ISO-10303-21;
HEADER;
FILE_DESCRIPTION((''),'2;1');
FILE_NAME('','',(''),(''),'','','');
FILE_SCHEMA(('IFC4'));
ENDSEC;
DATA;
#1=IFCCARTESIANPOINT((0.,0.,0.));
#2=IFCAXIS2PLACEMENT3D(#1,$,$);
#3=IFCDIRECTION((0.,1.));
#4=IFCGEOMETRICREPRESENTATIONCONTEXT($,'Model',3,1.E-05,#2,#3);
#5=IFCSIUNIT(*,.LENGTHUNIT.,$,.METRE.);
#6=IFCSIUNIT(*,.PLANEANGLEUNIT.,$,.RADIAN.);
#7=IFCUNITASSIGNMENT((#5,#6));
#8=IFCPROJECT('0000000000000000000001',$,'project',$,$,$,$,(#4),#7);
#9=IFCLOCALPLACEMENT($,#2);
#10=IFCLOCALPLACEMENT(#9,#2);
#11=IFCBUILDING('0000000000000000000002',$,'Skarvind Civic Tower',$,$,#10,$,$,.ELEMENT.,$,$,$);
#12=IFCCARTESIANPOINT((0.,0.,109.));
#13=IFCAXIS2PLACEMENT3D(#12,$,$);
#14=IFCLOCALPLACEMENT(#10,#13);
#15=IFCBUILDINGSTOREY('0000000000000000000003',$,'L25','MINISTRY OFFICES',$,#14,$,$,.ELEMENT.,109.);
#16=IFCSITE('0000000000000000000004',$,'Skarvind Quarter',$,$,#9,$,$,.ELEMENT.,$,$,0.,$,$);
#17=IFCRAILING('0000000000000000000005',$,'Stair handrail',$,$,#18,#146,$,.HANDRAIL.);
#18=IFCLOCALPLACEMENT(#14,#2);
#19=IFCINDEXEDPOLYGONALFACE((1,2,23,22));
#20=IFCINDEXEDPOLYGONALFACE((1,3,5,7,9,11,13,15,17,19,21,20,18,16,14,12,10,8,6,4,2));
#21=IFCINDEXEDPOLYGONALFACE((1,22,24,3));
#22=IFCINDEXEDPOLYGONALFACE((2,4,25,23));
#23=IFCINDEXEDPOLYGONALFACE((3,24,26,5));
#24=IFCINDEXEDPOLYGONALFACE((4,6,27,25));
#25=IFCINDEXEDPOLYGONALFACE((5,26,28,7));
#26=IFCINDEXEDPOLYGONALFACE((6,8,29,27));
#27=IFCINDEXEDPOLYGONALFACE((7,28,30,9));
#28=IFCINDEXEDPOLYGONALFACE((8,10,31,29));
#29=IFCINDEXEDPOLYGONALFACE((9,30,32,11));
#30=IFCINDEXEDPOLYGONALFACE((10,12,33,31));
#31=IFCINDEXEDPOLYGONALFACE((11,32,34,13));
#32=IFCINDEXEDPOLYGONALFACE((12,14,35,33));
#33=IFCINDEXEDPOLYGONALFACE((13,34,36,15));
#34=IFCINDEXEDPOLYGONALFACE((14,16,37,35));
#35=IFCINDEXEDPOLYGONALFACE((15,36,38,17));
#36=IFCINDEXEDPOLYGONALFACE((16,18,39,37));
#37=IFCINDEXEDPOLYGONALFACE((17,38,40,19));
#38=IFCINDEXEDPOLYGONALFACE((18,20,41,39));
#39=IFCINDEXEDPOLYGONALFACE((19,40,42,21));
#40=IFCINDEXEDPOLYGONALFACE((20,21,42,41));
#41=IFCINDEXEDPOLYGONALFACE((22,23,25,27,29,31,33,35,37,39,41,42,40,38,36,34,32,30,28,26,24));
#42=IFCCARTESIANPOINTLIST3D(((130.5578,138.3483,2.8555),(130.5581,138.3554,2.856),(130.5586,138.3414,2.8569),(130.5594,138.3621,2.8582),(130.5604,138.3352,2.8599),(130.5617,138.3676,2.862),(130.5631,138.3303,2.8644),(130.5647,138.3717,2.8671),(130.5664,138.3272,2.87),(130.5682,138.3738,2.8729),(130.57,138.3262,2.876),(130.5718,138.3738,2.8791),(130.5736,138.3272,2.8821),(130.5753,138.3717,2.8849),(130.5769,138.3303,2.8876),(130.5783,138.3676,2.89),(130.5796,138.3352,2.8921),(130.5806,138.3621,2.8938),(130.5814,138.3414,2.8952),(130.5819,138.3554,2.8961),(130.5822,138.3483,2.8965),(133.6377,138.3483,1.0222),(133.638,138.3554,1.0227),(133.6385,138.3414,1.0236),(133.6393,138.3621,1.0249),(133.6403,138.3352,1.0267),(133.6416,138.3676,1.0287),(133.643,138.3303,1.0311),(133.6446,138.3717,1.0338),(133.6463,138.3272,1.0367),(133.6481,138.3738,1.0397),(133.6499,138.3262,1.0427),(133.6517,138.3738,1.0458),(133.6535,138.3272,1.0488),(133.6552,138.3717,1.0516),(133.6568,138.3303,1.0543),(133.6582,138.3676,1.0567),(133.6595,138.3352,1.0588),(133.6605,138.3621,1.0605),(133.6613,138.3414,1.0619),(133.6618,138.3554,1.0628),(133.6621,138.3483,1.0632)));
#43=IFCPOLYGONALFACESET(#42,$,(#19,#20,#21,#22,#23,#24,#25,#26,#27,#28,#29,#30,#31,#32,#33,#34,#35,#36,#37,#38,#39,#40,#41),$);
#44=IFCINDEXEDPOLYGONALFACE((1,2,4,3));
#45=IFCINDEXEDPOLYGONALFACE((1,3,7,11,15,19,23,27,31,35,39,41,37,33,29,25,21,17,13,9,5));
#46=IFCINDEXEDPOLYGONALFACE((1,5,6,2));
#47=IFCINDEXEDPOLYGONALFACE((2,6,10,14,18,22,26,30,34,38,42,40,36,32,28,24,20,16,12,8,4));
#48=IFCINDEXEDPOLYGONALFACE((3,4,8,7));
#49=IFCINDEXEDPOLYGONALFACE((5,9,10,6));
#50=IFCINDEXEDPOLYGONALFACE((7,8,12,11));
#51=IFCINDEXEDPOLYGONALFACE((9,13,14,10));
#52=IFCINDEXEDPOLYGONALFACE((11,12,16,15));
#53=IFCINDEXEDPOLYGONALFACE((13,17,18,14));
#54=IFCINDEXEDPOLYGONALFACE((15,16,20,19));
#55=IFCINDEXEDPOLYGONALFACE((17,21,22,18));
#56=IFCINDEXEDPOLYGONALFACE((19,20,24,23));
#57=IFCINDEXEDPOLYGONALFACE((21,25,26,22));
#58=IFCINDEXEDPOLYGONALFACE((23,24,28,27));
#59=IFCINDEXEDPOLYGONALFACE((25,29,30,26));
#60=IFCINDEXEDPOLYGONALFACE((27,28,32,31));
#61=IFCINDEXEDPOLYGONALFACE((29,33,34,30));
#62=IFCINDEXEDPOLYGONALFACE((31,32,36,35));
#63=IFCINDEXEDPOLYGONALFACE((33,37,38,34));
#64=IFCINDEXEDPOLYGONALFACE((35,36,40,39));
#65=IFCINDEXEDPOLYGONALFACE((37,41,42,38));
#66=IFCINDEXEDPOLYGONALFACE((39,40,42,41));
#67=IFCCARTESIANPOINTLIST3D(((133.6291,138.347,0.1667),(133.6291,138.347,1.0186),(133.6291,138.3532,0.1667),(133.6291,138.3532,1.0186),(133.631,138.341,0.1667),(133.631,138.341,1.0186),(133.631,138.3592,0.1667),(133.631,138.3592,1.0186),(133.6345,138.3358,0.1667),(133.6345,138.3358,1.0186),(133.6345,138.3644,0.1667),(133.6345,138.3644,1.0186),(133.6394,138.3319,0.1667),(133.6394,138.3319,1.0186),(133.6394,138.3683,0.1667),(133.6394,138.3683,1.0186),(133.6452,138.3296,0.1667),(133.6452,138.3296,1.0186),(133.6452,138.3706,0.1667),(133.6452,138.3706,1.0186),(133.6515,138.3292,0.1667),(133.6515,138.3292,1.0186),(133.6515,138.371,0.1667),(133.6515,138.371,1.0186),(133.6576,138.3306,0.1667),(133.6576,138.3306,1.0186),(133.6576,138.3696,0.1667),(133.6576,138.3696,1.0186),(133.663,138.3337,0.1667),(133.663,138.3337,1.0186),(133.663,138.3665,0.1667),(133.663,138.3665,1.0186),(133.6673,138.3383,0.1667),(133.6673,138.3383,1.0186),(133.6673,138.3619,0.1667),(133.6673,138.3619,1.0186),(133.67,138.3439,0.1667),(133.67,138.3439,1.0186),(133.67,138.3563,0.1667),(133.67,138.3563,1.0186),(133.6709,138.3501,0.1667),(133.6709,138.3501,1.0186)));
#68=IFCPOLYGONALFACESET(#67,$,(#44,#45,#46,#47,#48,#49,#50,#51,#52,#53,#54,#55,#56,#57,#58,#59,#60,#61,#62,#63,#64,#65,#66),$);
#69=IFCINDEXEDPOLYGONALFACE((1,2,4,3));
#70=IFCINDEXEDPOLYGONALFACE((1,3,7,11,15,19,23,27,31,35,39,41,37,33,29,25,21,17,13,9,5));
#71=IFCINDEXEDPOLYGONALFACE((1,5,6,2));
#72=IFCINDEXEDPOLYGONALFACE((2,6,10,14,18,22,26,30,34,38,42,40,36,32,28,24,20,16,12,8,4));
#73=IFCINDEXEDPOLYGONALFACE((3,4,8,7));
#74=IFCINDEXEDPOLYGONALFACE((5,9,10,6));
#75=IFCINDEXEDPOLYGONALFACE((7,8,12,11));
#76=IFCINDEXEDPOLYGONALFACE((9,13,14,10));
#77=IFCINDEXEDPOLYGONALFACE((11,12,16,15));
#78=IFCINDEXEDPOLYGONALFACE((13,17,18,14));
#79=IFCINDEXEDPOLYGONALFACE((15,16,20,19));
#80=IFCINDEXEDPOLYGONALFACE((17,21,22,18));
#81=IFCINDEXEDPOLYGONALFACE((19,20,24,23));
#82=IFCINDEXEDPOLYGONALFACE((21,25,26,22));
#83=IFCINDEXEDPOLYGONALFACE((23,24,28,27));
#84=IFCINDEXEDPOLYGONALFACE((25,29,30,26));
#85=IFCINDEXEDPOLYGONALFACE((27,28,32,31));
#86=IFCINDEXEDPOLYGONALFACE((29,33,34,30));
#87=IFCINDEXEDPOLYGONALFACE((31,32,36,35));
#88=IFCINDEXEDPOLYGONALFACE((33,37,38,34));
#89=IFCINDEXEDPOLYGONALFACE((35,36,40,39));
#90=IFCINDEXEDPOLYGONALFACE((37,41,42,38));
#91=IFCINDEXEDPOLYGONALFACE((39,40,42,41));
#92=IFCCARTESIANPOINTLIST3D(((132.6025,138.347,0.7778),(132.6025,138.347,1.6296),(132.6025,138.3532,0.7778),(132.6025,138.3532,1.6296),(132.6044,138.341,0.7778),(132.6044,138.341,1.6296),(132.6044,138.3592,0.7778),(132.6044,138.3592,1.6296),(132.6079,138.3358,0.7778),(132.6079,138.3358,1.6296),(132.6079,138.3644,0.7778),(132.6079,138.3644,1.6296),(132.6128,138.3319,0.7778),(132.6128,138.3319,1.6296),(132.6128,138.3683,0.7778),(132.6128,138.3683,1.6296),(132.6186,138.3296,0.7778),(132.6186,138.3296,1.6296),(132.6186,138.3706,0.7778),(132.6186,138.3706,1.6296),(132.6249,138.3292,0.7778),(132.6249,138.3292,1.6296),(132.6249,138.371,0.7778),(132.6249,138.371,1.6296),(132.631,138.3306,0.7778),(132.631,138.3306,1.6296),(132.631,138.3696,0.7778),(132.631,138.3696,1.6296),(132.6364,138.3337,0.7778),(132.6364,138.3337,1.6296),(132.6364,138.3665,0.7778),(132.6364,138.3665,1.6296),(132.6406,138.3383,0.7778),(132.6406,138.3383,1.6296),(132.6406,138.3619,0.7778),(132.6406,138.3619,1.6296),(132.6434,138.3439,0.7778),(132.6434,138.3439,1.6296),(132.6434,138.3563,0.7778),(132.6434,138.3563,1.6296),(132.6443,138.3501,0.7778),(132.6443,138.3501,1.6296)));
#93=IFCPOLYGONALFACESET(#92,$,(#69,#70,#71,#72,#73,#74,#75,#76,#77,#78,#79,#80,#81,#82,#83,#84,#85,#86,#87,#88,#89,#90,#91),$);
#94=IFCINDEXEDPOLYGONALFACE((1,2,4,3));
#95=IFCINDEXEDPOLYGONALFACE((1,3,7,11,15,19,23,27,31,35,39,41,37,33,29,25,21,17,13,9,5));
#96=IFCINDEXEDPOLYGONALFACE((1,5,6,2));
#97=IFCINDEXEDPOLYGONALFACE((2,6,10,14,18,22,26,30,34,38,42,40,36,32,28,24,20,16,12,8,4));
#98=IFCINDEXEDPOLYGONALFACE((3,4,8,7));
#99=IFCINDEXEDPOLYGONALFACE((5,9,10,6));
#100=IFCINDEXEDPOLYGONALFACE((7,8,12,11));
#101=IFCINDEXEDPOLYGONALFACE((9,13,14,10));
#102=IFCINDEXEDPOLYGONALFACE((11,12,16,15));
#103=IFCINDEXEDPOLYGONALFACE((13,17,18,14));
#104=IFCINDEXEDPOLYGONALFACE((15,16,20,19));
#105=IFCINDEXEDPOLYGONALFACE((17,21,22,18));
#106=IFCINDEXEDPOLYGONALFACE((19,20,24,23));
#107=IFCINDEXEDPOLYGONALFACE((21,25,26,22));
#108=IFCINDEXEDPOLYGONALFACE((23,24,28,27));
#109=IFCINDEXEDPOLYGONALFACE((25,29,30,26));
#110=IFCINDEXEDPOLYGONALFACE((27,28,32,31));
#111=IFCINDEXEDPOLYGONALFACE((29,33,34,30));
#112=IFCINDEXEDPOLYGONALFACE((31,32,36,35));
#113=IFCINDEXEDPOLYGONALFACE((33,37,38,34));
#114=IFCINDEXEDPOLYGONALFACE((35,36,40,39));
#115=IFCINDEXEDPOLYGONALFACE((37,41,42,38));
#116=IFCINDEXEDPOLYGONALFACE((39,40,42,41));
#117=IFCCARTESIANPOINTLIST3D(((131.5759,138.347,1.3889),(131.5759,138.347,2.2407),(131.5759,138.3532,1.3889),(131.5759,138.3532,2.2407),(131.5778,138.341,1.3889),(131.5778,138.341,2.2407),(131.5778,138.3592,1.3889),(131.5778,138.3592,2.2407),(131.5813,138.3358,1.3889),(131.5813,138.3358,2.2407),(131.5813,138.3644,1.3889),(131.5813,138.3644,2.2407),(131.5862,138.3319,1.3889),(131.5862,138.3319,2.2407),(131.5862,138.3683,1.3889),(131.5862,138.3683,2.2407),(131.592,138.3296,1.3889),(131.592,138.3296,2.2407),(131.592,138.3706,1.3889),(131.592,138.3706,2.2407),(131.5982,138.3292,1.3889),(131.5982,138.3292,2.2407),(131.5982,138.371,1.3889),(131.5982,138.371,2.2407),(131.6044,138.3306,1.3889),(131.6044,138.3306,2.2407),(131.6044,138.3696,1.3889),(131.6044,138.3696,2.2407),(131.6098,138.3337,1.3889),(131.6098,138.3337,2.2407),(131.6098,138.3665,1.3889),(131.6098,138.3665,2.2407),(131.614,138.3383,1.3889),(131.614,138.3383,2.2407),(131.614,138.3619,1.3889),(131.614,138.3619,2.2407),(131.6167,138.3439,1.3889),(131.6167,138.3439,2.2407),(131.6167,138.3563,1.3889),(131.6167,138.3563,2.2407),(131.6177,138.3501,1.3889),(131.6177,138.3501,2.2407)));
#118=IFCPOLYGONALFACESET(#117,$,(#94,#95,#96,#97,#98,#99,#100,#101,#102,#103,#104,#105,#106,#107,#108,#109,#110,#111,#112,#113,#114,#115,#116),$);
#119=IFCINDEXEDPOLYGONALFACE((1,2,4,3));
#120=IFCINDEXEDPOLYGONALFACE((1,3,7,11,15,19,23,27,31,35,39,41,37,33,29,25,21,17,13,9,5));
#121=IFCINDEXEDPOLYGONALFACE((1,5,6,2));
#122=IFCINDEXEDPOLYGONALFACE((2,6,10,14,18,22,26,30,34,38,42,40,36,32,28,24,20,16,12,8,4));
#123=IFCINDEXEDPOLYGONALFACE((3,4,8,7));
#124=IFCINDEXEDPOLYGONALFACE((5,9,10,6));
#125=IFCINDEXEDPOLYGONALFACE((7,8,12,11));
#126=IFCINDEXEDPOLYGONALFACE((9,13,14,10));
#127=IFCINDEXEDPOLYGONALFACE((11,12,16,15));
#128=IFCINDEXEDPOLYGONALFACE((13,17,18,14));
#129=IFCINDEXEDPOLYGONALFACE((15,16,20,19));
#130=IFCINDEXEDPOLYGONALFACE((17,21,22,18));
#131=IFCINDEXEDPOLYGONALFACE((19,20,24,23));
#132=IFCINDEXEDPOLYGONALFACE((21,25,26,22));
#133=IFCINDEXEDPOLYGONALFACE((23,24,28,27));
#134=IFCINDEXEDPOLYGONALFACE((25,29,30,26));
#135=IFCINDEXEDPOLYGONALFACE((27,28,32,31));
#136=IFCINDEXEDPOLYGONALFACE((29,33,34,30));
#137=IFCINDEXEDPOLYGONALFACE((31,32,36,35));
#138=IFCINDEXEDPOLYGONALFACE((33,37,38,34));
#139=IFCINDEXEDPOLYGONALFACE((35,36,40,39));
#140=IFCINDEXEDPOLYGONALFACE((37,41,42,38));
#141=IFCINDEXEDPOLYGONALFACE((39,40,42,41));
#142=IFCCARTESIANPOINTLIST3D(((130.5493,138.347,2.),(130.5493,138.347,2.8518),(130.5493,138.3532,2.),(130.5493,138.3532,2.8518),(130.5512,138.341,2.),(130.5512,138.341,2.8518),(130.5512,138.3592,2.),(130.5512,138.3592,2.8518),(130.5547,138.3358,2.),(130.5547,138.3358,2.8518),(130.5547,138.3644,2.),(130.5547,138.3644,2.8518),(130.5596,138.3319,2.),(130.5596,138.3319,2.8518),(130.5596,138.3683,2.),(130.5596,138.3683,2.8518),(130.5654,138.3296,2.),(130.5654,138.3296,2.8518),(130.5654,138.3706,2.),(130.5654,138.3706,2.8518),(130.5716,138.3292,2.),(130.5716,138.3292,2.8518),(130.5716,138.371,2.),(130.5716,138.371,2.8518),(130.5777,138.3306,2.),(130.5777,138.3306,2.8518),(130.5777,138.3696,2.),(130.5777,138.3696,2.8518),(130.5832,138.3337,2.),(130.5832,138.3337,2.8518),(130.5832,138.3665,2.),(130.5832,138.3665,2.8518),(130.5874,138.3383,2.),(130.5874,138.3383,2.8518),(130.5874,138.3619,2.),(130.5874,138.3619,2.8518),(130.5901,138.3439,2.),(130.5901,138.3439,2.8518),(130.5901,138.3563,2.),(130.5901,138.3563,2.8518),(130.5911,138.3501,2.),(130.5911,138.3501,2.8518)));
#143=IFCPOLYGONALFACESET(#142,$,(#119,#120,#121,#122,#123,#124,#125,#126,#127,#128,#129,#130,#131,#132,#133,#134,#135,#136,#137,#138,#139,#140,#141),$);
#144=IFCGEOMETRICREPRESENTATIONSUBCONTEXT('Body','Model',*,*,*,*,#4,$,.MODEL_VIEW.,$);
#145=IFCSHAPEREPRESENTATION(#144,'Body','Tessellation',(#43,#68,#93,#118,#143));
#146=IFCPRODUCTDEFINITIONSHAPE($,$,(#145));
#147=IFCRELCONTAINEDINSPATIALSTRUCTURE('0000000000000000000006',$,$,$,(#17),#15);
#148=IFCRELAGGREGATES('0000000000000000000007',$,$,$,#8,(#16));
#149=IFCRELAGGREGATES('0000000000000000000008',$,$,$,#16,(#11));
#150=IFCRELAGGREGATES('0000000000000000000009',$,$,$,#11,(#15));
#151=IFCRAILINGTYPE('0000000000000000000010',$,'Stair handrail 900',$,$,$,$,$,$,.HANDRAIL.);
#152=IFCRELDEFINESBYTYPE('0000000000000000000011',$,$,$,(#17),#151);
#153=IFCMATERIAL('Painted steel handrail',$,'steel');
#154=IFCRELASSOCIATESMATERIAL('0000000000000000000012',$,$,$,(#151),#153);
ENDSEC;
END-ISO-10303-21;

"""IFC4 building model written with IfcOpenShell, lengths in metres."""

from ifc_helpers import new_model, si_unit, direction, frame, origin, origin_2d, place, context, subcontext, project, spatial, circle, extrude, material, type_object, element, save


model = new_model("IFC4")

# Units and contexts
model_context = context("Model", 3, precision=1e-05, world=origin(), true_north=direction((0.0, 1.0)))
body_context = subcontext(model_context, "Body", "Model", "MODEL_VIEW")
ifc_project = project(units=[si_unit("LENGTHUNIT", "METRE"), si_unit("PLANEANGLEUNIT", "RADIAN")], contexts=[model_context])

# Site, building, storey
site_placement = place(None, origin())
site = spatial("IfcSite", under=ifc_project, at=site_placement, Name="Skarvind Quarter", CompositionType="ELEMENT", RefElevation=0.0)
building_placement = place(site_placement, origin())
building = spatial("IfcBuilding", under=site, at=building_placement, Name="Skarvind Civic Tower", CompositionType="ELEMENT")
storey_placement = place(building_placement, frame((0.0, 0.0, 109.0)))
storey = spatial("IfcBuildingStorey", under=building, at=storey_placement, Name="L25", Description="MINISTRY OFFICES", CompositionType="ELEMENT", Elevation=109.0)

# Railing
ifc_material_1 = material(Name="Painted steel handrail", Category="steel")
railing_type = type_object("IfcRailingType", Name="Stair handrail 900", PredefinedType="HANDRAIL", material=ifc_material_1)
railing_placement = place(storey_placement, frame((133.6499, 138.3501, 0.1667)))
element("IfcRailing", 1, at=railing_placement, inside=storey, type_object=railing_type, Name="Stair handrail", PredefinedType="HANDRAIL", context=body_context, shape_type="SweptSolid", body=[
    extrude(circle(Radius=0.0239, at=origin_2d()), frame((0.0, 0.0, 0.876), z_axis=(-0.859291, 0.0, 0.511487), x_axis=(0.0, -1.0, 0.0)), (0.0, 0.0, 1.0), 3.5842),
    extrude(circle(Radius=0.021, at=origin_2d()), origin(), (0.0, 0.0, 1.0), 0.8518),
    extrude(circle(Radius=0.021, at=origin_2d()), frame((-1.0266, 0.0, 0.6111)), (0.0, 0.0, 1.0), 0.8518),
    extrude(circle(Radius=0.021, at=origin_2d()), frame((-2.0532, 0.0, 1.2222)), (0.0, 0.0, 1.0), 0.8518),
    extrude(circle(Radius=0.021, at=origin_2d()), frame((-3.0798, 0.0, 1.8333)), (0.0, 0.0, 1.0), 0.8518),
])

save(model, "model.ifc")
